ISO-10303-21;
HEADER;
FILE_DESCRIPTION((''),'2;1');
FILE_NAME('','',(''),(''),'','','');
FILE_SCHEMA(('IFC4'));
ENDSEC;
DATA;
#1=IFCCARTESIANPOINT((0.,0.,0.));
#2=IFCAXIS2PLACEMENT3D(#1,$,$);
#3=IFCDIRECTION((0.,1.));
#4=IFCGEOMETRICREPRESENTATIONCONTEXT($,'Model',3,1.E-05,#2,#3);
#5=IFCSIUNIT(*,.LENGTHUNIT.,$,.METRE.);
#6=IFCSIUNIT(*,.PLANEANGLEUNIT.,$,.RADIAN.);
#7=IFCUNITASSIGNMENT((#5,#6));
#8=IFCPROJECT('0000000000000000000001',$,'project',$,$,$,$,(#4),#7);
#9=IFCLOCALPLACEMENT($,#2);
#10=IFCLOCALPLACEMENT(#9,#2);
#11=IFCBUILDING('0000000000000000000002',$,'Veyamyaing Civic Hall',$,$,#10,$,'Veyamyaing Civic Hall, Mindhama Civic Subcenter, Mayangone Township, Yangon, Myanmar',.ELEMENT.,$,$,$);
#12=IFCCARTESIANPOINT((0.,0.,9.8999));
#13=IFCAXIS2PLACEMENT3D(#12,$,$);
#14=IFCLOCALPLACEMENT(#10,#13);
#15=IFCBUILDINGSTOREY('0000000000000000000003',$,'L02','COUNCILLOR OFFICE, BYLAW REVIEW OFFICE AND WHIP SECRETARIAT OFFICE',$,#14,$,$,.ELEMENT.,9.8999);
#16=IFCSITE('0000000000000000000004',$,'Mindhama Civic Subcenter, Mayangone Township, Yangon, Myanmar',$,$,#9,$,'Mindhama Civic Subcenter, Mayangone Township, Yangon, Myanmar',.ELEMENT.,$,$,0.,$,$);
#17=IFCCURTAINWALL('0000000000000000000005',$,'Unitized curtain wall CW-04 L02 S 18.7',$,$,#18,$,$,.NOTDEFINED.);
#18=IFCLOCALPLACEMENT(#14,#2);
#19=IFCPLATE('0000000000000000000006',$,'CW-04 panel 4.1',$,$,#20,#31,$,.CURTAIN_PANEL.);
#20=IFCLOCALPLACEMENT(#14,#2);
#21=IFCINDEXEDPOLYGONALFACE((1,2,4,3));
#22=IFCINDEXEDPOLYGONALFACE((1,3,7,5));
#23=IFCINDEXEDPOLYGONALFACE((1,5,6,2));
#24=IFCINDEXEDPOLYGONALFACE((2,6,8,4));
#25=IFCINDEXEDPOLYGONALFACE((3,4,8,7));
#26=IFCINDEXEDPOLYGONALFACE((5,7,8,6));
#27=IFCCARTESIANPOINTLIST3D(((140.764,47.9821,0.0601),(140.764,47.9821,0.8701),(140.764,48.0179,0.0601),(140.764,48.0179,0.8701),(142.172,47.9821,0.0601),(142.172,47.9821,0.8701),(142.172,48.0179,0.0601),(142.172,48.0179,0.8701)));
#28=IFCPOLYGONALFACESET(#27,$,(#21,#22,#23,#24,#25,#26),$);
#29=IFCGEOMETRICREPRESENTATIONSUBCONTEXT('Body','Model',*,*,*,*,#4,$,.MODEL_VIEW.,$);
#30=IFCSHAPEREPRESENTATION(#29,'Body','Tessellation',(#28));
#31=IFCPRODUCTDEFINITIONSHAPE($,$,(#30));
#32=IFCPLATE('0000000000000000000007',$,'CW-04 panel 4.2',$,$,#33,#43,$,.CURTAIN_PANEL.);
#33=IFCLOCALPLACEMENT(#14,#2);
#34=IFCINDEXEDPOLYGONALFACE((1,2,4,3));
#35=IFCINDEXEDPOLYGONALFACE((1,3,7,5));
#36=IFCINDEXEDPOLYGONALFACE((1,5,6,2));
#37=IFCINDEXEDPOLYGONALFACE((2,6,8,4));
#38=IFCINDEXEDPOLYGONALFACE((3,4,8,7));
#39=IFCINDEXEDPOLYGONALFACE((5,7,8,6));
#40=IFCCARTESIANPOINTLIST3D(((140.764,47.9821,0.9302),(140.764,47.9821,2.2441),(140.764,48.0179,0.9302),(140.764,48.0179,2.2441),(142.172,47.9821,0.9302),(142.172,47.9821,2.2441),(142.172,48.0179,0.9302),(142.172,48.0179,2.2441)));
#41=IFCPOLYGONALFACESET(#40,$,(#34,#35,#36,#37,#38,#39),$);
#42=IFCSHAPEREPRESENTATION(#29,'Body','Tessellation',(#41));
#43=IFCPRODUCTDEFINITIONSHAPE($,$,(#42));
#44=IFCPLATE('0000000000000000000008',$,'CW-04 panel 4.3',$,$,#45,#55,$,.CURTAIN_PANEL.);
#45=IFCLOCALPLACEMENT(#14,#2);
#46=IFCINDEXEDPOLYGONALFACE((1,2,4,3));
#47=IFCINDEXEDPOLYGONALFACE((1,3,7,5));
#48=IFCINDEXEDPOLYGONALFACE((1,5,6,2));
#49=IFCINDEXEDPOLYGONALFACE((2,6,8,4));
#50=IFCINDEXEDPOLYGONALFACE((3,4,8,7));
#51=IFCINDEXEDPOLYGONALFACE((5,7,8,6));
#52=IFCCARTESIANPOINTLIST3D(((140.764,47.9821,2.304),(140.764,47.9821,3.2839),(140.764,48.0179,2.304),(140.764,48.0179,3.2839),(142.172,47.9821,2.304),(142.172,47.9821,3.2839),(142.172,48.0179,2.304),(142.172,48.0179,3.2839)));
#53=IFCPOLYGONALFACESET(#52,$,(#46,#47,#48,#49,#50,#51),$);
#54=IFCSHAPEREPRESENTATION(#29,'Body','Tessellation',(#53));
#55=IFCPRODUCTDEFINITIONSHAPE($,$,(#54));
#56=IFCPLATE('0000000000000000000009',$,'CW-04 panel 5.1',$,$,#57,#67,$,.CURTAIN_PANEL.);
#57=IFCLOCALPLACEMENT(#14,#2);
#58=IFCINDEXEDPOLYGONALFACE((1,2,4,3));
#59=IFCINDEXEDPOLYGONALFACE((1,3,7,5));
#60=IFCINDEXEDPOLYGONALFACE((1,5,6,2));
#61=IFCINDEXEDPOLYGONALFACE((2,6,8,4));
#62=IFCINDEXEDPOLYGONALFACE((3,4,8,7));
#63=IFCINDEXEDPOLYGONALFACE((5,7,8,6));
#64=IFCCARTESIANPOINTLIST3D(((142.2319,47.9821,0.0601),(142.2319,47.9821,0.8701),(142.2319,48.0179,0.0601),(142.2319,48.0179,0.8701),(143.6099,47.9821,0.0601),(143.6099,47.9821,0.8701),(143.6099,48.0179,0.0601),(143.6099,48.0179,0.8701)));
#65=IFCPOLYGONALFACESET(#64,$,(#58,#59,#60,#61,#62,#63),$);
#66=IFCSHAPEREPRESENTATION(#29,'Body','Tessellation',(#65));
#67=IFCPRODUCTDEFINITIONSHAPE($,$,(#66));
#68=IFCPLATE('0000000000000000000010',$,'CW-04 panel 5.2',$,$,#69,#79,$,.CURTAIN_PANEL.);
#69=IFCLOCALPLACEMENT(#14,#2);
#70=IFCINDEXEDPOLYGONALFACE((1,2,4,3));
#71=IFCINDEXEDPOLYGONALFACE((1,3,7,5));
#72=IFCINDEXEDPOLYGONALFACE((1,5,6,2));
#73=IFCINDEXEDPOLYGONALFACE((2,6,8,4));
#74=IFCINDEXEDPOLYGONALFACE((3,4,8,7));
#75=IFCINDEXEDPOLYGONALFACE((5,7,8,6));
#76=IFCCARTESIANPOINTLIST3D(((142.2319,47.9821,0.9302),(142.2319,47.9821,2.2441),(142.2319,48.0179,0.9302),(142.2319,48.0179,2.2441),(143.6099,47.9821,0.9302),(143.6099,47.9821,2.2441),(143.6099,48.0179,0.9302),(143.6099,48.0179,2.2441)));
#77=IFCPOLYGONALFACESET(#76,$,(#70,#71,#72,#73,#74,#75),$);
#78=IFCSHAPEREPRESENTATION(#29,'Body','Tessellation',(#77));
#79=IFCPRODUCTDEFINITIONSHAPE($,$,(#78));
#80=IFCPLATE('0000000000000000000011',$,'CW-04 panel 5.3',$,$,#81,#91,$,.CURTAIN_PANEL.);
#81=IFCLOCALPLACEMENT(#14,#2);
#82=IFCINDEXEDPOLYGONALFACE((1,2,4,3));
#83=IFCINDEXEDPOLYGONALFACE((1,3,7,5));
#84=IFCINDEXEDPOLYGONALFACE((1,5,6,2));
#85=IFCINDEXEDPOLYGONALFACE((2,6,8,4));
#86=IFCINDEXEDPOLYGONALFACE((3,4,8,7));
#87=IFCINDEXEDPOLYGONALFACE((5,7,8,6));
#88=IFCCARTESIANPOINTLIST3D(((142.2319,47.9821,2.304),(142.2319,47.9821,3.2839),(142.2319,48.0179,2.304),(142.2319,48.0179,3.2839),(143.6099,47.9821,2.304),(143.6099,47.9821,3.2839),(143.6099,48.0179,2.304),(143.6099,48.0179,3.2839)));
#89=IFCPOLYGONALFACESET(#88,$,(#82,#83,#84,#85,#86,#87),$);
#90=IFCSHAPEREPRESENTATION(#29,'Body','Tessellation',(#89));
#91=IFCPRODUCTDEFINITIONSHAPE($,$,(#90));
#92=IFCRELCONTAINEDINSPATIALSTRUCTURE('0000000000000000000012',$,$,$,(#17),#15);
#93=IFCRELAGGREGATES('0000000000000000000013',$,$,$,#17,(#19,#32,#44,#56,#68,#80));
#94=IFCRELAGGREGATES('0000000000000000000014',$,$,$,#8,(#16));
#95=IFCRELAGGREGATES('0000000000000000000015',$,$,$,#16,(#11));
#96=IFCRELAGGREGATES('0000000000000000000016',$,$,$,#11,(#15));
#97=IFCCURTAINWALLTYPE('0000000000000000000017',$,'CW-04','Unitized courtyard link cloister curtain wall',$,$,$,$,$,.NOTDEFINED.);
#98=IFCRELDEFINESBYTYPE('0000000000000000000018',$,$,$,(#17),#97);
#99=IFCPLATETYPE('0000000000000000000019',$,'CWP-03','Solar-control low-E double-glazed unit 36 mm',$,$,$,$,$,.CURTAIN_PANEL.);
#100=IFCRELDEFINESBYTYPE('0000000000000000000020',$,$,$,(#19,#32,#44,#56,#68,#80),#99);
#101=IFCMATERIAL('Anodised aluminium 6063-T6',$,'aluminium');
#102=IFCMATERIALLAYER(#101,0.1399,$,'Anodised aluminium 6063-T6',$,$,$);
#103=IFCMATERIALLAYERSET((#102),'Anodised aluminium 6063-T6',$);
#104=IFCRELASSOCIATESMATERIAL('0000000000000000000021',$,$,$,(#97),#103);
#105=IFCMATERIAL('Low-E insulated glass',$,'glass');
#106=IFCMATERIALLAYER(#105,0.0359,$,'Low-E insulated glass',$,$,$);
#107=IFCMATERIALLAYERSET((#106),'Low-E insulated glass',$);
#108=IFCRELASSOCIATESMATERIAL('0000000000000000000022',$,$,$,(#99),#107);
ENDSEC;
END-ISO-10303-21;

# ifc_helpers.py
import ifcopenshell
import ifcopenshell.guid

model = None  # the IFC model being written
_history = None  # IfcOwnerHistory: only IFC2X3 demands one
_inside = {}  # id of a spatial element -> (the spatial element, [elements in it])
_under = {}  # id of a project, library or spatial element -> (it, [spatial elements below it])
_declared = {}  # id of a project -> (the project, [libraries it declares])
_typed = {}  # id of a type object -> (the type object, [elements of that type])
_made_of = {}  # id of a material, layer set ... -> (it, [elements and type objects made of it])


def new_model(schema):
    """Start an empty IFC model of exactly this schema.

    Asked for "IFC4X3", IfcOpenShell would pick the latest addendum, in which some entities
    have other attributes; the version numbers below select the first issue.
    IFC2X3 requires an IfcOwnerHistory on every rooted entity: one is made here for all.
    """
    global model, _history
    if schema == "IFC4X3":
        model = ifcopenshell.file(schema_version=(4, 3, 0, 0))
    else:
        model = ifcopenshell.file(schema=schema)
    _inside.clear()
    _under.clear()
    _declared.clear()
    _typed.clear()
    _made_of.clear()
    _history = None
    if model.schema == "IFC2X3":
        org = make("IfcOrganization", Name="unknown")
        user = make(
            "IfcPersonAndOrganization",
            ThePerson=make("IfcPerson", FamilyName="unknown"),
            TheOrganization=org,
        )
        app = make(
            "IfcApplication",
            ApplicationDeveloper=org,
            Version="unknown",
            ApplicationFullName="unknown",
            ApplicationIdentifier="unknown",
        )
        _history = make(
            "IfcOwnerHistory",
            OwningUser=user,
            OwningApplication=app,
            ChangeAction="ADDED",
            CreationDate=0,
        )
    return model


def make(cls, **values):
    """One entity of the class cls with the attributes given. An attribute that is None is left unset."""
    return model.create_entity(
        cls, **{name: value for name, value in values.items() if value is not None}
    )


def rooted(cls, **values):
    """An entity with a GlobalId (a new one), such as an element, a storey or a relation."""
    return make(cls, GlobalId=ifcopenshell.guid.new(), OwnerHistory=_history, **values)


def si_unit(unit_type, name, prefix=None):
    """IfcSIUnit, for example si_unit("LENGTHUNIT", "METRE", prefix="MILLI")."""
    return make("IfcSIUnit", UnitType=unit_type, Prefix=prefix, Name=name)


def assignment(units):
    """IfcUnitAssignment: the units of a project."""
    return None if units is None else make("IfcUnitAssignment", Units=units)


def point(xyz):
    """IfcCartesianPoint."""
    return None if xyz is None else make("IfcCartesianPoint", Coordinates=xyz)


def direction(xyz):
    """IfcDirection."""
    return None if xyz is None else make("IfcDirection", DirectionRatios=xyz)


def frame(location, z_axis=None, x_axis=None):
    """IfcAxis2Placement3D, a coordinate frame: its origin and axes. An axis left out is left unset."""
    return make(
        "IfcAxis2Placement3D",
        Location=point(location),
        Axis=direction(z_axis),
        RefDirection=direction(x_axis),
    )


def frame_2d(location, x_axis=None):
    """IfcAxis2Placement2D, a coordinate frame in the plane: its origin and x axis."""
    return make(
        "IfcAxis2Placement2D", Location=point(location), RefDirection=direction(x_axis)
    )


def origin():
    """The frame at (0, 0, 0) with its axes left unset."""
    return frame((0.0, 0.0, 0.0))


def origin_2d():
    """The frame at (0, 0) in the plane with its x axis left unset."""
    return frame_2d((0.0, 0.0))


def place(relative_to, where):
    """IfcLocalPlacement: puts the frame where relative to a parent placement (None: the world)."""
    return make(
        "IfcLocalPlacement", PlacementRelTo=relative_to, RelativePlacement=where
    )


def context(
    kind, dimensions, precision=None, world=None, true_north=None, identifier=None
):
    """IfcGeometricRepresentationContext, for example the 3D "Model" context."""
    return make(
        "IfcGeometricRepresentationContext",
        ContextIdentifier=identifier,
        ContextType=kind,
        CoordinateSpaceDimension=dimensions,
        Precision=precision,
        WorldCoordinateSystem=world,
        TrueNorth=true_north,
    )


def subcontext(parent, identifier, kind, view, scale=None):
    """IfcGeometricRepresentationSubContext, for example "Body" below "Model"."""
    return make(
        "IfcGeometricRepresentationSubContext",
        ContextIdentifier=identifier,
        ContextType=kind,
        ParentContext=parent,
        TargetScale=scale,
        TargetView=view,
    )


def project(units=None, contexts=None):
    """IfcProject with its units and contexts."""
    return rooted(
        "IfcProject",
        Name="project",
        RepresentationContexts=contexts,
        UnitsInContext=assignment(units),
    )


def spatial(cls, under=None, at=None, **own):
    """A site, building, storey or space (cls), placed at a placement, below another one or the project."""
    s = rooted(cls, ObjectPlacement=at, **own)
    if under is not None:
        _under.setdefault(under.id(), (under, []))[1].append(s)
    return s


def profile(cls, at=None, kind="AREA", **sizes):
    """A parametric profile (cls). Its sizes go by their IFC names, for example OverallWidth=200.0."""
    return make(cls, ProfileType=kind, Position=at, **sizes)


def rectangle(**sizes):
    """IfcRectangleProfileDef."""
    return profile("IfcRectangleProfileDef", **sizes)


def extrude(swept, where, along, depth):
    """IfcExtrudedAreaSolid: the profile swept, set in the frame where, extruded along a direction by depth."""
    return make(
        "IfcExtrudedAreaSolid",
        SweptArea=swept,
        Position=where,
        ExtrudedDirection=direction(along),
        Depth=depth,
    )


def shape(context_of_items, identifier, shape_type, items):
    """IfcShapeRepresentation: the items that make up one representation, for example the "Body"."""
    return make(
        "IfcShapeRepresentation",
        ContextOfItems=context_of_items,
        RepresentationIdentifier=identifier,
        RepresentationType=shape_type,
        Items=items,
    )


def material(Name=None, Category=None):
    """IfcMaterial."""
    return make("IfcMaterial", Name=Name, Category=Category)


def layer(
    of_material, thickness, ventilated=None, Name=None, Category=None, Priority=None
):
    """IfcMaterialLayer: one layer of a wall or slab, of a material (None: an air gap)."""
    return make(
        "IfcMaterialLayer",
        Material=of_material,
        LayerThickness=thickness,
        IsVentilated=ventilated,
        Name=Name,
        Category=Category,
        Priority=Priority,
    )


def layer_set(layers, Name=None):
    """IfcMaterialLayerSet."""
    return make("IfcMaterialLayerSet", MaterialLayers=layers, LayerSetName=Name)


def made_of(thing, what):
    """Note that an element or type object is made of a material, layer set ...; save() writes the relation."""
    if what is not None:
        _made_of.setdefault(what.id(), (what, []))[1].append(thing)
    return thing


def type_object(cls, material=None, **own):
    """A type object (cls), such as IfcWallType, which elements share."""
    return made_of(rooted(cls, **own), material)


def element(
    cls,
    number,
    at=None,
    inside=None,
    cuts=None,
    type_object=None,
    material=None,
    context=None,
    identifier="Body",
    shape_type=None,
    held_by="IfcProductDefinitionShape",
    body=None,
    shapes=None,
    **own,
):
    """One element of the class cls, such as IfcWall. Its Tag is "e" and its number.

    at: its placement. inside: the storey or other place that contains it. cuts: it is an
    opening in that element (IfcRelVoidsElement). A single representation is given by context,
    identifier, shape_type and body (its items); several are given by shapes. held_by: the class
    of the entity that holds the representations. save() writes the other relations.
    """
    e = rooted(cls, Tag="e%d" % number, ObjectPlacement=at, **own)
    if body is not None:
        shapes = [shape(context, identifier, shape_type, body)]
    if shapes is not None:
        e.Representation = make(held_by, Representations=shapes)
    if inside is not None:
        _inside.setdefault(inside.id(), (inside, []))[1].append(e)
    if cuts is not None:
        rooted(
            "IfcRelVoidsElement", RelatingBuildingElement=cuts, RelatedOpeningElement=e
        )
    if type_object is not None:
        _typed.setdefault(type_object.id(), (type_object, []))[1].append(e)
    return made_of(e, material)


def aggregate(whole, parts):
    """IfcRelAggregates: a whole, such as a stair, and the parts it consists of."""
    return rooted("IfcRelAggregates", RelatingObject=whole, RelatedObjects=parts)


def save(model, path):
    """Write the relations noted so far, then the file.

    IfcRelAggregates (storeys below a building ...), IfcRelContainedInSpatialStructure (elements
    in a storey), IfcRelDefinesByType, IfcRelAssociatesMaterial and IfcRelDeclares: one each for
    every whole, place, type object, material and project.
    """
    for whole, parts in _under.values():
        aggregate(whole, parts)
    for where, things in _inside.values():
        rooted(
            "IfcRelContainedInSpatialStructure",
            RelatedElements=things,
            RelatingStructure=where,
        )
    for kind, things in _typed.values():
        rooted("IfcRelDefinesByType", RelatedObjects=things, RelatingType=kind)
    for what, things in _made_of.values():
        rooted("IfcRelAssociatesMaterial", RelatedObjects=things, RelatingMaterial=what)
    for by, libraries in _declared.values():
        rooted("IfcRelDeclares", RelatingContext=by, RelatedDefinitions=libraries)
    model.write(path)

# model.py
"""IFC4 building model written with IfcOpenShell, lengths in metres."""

from ifc_helpers import new_model, si_unit, direction, frame, origin, origin_2d, place, context, subcontext, project, spatial, rectangle, extrude, material, layer, layer_set, type_object, element, aggregate, save


model = new_model("IFC4")

# Units and contexts
model_context = context("Model", 3, precision=1e-05, world=origin(), true_north=direction((0.0, 1.0)))
body_context = subcontext(model_context, "Body", "Model", "MODEL_VIEW")
ifc_project = project(units=[si_unit("LENGTHUNIT", "METRE"), si_unit("PLANEANGLEUNIT", "RADIAN")], contexts=[model_context])

# Site, building, storey
site_placement = place(None, origin())
site = spatial("IfcSite", under=ifc_project, at=site_placement, Name="Mindhama Civic Subcenter, Mayangone Township, Yangon, Myanmar", LongName="Mindhama Civic Subcenter, Mayangone Township, Yangon, Myanmar", CompositionType="ELEMENT", RefElevation=0.0)
building_placement = place(site_placement, origin())
building = spatial("IfcBuilding", under=site, at=building_placement, Name="Veyamyaing Civic Hall", LongName="Veyamyaing Civic Hall, Mindhama Civic Subcenter, Mayangone Township, Yangon, Myanmar", CompositionType="ELEMENT")
storey_placement = place(building_placement, frame((0.0, 0.0, 9.8999)))
storey = spatial("IfcBuildingStorey", under=building, at=storey_placement, Name="L02", Description="COUNCILLOR OFFICE, BYLAW REVIEW OFFICE AND WHIP SECRETARIAT OFFICE", CompositionType="ELEMENT", Elevation=9.8999)

# Curtain wall, plates
ifc_material_1 = material(Name="Anodised aluminium 6063-T6", Category="aluminium")
ifc_layer_1 = layer(ifc_material_1, 0.1399, Name="Anodised aluminium 6063-T6")
ifc_layer_set_1 = layer_set([ifc_layer_1], Name="Anodised aluminium 6063-T6")
curtain_wall_type = type_object("IfcCurtainWallType", Name="CW-04", Description="Unitized courtyard link cloister curtain wall", PredefinedType="NOTDEFINED", material=ifc_layer_set_1)
curtain_wall_placement = place(storey_placement, origin())
curtain_wall = element("IfcCurtainWall", 1, at=curtain_wall_placement, inside=storey, type_object=curtain_wall_type, Name="Unitized curtain wall CW-04 L02 S 18.7", PredefinedType="NOTDEFINED")
ifc_material_2 = material(Name="Low-E insulated glass", Category="glass")
ifc_layer_2 = layer(ifc_material_2, 0.0359, Name="Low-E insulated glass")
ifc_layer_set_2 = layer_set([ifc_layer_2], Name="Low-E insulated glass")
plate_type = type_object("IfcPlateType", Name="CWP-03", Description="Solar-control low-E double-glazed unit 36 mm", PredefinedType="CURTAIN_PANEL", material=ifc_layer_set_2)
plate_1_placement = place(storey_placement, frame((141.468, 48.0, 0.0601), z_axis=(0.0, 0.0, 1.0), x_axis=(1.0, 0.0, 0.0)))
plate_1 = element("IfcPlate", 2, at=plate_1_placement, type_object=plate_type, Name="CW-04 panel 4.1", PredefinedType="CURTAIN_PANEL", context=body_context, shape_type="SweptSolid", body=[
    extrude(rectangle(XDim=1.408, YDim=0.0359, at=origin_2d()), origin(), (0.0, 0.0, 1.0), 0.8101),
])
plate_2_placement = place(storey_placement, frame((141.468, 48.0, 0.9302), z_axis=(0.0, 0.0, 1.0), x_axis=(1.0, 0.0, 0.0)))
plate_2 = element("IfcPlate", 3, at=plate_2_placement, type_object=plate_type, Name="CW-04 panel 4.2", PredefinedType="CURTAIN_PANEL", context=body_context, shape_type="SweptSolid", body=[
    extrude(rectangle(XDim=1.408, YDim=0.0359, at=origin_2d()), origin(), (0.0, 0.0, 1.0), 1.314),
])
plate_3_placement = place(storey_placement, frame((141.468, 48.0, 2.304), z_axis=(0.0, 0.0, 1.0), x_axis=(1.0, 0.0, 0.0)))
plate_3 = element("IfcPlate", 4, at=plate_3_placement, type_object=plate_type, Name="CW-04 panel 4.3", PredefinedType="CURTAIN_PANEL", context=body_context, shape_type="SweptSolid", body=[
    extrude(rectangle(XDim=1.408, YDim=0.0359, at=origin_2d()), origin(), (0.0, 0.0, 1.0), 0.98),
])
plate_4_placement = place(storey_placement, frame((142.9209, 48.0, 0.0601), z_axis=(0.0, 0.0, 1.0), x_axis=(1.0, 0.0, 0.0)))
plate_4 = element("IfcPlate", 5, at=plate_4_placement, type_object=plate_type, Name="CW-04 panel 5.1", PredefinedType="CURTAIN_PANEL", context=body_context, shape_type="SweptSolid", body=[
    extrude(rectangle(XDim=1.3779, YDim=0.0359, at=origin_2d()), origin(), (0.0, 0.0, 1.0), 0.8101),
])
plate_5_placement = place(storey_placement, frame((142.9209, 48.0, 0.9302), z_axis=(0.0, 0.0, 1.0), x_axis=(1.0, 0.0, 0.0)))
plate_5 = element("IfcPlate", 6, at=plate_5_placement, type_object=plate_type, Name="CW-04 panel 5.2", PredefinedType="CURTAIN_PANEL", context=body_context, shape_type="SweptSolid", body=[
    extrude(rectangle(XDim=1.3779, YDim=0.0359, at=origin_2d()), origin(), (0.0, 0.0, 1.0), 1.314),
])
plate_6_placement = place(storey_placement, frame((142.9209, 48.0, 2.304), z_axis=(0.0, 0.0, 1.0), x_axis=(1.0, 0.0, 0.0)))
plate_6 = element("IfcPlate", 7, at=plate_6_placement, type_object=plate_type, Name="CW-04 panel 5.3", PredefinedType="CURTAIN_PANEL", context=body_context, shape_type="SweptSolid", body=[
    extrude(rectangle(XDim=1.3779, YDim=0.0359, at=origin_2d()), origin(), (0.0, 0.0, 1.0), 0.98),
])
aggregate(curtain_wall, [plate_1, plate_2, plate_3, plate_4, plate_5, plate_6])

save(model, "model.ifc")
